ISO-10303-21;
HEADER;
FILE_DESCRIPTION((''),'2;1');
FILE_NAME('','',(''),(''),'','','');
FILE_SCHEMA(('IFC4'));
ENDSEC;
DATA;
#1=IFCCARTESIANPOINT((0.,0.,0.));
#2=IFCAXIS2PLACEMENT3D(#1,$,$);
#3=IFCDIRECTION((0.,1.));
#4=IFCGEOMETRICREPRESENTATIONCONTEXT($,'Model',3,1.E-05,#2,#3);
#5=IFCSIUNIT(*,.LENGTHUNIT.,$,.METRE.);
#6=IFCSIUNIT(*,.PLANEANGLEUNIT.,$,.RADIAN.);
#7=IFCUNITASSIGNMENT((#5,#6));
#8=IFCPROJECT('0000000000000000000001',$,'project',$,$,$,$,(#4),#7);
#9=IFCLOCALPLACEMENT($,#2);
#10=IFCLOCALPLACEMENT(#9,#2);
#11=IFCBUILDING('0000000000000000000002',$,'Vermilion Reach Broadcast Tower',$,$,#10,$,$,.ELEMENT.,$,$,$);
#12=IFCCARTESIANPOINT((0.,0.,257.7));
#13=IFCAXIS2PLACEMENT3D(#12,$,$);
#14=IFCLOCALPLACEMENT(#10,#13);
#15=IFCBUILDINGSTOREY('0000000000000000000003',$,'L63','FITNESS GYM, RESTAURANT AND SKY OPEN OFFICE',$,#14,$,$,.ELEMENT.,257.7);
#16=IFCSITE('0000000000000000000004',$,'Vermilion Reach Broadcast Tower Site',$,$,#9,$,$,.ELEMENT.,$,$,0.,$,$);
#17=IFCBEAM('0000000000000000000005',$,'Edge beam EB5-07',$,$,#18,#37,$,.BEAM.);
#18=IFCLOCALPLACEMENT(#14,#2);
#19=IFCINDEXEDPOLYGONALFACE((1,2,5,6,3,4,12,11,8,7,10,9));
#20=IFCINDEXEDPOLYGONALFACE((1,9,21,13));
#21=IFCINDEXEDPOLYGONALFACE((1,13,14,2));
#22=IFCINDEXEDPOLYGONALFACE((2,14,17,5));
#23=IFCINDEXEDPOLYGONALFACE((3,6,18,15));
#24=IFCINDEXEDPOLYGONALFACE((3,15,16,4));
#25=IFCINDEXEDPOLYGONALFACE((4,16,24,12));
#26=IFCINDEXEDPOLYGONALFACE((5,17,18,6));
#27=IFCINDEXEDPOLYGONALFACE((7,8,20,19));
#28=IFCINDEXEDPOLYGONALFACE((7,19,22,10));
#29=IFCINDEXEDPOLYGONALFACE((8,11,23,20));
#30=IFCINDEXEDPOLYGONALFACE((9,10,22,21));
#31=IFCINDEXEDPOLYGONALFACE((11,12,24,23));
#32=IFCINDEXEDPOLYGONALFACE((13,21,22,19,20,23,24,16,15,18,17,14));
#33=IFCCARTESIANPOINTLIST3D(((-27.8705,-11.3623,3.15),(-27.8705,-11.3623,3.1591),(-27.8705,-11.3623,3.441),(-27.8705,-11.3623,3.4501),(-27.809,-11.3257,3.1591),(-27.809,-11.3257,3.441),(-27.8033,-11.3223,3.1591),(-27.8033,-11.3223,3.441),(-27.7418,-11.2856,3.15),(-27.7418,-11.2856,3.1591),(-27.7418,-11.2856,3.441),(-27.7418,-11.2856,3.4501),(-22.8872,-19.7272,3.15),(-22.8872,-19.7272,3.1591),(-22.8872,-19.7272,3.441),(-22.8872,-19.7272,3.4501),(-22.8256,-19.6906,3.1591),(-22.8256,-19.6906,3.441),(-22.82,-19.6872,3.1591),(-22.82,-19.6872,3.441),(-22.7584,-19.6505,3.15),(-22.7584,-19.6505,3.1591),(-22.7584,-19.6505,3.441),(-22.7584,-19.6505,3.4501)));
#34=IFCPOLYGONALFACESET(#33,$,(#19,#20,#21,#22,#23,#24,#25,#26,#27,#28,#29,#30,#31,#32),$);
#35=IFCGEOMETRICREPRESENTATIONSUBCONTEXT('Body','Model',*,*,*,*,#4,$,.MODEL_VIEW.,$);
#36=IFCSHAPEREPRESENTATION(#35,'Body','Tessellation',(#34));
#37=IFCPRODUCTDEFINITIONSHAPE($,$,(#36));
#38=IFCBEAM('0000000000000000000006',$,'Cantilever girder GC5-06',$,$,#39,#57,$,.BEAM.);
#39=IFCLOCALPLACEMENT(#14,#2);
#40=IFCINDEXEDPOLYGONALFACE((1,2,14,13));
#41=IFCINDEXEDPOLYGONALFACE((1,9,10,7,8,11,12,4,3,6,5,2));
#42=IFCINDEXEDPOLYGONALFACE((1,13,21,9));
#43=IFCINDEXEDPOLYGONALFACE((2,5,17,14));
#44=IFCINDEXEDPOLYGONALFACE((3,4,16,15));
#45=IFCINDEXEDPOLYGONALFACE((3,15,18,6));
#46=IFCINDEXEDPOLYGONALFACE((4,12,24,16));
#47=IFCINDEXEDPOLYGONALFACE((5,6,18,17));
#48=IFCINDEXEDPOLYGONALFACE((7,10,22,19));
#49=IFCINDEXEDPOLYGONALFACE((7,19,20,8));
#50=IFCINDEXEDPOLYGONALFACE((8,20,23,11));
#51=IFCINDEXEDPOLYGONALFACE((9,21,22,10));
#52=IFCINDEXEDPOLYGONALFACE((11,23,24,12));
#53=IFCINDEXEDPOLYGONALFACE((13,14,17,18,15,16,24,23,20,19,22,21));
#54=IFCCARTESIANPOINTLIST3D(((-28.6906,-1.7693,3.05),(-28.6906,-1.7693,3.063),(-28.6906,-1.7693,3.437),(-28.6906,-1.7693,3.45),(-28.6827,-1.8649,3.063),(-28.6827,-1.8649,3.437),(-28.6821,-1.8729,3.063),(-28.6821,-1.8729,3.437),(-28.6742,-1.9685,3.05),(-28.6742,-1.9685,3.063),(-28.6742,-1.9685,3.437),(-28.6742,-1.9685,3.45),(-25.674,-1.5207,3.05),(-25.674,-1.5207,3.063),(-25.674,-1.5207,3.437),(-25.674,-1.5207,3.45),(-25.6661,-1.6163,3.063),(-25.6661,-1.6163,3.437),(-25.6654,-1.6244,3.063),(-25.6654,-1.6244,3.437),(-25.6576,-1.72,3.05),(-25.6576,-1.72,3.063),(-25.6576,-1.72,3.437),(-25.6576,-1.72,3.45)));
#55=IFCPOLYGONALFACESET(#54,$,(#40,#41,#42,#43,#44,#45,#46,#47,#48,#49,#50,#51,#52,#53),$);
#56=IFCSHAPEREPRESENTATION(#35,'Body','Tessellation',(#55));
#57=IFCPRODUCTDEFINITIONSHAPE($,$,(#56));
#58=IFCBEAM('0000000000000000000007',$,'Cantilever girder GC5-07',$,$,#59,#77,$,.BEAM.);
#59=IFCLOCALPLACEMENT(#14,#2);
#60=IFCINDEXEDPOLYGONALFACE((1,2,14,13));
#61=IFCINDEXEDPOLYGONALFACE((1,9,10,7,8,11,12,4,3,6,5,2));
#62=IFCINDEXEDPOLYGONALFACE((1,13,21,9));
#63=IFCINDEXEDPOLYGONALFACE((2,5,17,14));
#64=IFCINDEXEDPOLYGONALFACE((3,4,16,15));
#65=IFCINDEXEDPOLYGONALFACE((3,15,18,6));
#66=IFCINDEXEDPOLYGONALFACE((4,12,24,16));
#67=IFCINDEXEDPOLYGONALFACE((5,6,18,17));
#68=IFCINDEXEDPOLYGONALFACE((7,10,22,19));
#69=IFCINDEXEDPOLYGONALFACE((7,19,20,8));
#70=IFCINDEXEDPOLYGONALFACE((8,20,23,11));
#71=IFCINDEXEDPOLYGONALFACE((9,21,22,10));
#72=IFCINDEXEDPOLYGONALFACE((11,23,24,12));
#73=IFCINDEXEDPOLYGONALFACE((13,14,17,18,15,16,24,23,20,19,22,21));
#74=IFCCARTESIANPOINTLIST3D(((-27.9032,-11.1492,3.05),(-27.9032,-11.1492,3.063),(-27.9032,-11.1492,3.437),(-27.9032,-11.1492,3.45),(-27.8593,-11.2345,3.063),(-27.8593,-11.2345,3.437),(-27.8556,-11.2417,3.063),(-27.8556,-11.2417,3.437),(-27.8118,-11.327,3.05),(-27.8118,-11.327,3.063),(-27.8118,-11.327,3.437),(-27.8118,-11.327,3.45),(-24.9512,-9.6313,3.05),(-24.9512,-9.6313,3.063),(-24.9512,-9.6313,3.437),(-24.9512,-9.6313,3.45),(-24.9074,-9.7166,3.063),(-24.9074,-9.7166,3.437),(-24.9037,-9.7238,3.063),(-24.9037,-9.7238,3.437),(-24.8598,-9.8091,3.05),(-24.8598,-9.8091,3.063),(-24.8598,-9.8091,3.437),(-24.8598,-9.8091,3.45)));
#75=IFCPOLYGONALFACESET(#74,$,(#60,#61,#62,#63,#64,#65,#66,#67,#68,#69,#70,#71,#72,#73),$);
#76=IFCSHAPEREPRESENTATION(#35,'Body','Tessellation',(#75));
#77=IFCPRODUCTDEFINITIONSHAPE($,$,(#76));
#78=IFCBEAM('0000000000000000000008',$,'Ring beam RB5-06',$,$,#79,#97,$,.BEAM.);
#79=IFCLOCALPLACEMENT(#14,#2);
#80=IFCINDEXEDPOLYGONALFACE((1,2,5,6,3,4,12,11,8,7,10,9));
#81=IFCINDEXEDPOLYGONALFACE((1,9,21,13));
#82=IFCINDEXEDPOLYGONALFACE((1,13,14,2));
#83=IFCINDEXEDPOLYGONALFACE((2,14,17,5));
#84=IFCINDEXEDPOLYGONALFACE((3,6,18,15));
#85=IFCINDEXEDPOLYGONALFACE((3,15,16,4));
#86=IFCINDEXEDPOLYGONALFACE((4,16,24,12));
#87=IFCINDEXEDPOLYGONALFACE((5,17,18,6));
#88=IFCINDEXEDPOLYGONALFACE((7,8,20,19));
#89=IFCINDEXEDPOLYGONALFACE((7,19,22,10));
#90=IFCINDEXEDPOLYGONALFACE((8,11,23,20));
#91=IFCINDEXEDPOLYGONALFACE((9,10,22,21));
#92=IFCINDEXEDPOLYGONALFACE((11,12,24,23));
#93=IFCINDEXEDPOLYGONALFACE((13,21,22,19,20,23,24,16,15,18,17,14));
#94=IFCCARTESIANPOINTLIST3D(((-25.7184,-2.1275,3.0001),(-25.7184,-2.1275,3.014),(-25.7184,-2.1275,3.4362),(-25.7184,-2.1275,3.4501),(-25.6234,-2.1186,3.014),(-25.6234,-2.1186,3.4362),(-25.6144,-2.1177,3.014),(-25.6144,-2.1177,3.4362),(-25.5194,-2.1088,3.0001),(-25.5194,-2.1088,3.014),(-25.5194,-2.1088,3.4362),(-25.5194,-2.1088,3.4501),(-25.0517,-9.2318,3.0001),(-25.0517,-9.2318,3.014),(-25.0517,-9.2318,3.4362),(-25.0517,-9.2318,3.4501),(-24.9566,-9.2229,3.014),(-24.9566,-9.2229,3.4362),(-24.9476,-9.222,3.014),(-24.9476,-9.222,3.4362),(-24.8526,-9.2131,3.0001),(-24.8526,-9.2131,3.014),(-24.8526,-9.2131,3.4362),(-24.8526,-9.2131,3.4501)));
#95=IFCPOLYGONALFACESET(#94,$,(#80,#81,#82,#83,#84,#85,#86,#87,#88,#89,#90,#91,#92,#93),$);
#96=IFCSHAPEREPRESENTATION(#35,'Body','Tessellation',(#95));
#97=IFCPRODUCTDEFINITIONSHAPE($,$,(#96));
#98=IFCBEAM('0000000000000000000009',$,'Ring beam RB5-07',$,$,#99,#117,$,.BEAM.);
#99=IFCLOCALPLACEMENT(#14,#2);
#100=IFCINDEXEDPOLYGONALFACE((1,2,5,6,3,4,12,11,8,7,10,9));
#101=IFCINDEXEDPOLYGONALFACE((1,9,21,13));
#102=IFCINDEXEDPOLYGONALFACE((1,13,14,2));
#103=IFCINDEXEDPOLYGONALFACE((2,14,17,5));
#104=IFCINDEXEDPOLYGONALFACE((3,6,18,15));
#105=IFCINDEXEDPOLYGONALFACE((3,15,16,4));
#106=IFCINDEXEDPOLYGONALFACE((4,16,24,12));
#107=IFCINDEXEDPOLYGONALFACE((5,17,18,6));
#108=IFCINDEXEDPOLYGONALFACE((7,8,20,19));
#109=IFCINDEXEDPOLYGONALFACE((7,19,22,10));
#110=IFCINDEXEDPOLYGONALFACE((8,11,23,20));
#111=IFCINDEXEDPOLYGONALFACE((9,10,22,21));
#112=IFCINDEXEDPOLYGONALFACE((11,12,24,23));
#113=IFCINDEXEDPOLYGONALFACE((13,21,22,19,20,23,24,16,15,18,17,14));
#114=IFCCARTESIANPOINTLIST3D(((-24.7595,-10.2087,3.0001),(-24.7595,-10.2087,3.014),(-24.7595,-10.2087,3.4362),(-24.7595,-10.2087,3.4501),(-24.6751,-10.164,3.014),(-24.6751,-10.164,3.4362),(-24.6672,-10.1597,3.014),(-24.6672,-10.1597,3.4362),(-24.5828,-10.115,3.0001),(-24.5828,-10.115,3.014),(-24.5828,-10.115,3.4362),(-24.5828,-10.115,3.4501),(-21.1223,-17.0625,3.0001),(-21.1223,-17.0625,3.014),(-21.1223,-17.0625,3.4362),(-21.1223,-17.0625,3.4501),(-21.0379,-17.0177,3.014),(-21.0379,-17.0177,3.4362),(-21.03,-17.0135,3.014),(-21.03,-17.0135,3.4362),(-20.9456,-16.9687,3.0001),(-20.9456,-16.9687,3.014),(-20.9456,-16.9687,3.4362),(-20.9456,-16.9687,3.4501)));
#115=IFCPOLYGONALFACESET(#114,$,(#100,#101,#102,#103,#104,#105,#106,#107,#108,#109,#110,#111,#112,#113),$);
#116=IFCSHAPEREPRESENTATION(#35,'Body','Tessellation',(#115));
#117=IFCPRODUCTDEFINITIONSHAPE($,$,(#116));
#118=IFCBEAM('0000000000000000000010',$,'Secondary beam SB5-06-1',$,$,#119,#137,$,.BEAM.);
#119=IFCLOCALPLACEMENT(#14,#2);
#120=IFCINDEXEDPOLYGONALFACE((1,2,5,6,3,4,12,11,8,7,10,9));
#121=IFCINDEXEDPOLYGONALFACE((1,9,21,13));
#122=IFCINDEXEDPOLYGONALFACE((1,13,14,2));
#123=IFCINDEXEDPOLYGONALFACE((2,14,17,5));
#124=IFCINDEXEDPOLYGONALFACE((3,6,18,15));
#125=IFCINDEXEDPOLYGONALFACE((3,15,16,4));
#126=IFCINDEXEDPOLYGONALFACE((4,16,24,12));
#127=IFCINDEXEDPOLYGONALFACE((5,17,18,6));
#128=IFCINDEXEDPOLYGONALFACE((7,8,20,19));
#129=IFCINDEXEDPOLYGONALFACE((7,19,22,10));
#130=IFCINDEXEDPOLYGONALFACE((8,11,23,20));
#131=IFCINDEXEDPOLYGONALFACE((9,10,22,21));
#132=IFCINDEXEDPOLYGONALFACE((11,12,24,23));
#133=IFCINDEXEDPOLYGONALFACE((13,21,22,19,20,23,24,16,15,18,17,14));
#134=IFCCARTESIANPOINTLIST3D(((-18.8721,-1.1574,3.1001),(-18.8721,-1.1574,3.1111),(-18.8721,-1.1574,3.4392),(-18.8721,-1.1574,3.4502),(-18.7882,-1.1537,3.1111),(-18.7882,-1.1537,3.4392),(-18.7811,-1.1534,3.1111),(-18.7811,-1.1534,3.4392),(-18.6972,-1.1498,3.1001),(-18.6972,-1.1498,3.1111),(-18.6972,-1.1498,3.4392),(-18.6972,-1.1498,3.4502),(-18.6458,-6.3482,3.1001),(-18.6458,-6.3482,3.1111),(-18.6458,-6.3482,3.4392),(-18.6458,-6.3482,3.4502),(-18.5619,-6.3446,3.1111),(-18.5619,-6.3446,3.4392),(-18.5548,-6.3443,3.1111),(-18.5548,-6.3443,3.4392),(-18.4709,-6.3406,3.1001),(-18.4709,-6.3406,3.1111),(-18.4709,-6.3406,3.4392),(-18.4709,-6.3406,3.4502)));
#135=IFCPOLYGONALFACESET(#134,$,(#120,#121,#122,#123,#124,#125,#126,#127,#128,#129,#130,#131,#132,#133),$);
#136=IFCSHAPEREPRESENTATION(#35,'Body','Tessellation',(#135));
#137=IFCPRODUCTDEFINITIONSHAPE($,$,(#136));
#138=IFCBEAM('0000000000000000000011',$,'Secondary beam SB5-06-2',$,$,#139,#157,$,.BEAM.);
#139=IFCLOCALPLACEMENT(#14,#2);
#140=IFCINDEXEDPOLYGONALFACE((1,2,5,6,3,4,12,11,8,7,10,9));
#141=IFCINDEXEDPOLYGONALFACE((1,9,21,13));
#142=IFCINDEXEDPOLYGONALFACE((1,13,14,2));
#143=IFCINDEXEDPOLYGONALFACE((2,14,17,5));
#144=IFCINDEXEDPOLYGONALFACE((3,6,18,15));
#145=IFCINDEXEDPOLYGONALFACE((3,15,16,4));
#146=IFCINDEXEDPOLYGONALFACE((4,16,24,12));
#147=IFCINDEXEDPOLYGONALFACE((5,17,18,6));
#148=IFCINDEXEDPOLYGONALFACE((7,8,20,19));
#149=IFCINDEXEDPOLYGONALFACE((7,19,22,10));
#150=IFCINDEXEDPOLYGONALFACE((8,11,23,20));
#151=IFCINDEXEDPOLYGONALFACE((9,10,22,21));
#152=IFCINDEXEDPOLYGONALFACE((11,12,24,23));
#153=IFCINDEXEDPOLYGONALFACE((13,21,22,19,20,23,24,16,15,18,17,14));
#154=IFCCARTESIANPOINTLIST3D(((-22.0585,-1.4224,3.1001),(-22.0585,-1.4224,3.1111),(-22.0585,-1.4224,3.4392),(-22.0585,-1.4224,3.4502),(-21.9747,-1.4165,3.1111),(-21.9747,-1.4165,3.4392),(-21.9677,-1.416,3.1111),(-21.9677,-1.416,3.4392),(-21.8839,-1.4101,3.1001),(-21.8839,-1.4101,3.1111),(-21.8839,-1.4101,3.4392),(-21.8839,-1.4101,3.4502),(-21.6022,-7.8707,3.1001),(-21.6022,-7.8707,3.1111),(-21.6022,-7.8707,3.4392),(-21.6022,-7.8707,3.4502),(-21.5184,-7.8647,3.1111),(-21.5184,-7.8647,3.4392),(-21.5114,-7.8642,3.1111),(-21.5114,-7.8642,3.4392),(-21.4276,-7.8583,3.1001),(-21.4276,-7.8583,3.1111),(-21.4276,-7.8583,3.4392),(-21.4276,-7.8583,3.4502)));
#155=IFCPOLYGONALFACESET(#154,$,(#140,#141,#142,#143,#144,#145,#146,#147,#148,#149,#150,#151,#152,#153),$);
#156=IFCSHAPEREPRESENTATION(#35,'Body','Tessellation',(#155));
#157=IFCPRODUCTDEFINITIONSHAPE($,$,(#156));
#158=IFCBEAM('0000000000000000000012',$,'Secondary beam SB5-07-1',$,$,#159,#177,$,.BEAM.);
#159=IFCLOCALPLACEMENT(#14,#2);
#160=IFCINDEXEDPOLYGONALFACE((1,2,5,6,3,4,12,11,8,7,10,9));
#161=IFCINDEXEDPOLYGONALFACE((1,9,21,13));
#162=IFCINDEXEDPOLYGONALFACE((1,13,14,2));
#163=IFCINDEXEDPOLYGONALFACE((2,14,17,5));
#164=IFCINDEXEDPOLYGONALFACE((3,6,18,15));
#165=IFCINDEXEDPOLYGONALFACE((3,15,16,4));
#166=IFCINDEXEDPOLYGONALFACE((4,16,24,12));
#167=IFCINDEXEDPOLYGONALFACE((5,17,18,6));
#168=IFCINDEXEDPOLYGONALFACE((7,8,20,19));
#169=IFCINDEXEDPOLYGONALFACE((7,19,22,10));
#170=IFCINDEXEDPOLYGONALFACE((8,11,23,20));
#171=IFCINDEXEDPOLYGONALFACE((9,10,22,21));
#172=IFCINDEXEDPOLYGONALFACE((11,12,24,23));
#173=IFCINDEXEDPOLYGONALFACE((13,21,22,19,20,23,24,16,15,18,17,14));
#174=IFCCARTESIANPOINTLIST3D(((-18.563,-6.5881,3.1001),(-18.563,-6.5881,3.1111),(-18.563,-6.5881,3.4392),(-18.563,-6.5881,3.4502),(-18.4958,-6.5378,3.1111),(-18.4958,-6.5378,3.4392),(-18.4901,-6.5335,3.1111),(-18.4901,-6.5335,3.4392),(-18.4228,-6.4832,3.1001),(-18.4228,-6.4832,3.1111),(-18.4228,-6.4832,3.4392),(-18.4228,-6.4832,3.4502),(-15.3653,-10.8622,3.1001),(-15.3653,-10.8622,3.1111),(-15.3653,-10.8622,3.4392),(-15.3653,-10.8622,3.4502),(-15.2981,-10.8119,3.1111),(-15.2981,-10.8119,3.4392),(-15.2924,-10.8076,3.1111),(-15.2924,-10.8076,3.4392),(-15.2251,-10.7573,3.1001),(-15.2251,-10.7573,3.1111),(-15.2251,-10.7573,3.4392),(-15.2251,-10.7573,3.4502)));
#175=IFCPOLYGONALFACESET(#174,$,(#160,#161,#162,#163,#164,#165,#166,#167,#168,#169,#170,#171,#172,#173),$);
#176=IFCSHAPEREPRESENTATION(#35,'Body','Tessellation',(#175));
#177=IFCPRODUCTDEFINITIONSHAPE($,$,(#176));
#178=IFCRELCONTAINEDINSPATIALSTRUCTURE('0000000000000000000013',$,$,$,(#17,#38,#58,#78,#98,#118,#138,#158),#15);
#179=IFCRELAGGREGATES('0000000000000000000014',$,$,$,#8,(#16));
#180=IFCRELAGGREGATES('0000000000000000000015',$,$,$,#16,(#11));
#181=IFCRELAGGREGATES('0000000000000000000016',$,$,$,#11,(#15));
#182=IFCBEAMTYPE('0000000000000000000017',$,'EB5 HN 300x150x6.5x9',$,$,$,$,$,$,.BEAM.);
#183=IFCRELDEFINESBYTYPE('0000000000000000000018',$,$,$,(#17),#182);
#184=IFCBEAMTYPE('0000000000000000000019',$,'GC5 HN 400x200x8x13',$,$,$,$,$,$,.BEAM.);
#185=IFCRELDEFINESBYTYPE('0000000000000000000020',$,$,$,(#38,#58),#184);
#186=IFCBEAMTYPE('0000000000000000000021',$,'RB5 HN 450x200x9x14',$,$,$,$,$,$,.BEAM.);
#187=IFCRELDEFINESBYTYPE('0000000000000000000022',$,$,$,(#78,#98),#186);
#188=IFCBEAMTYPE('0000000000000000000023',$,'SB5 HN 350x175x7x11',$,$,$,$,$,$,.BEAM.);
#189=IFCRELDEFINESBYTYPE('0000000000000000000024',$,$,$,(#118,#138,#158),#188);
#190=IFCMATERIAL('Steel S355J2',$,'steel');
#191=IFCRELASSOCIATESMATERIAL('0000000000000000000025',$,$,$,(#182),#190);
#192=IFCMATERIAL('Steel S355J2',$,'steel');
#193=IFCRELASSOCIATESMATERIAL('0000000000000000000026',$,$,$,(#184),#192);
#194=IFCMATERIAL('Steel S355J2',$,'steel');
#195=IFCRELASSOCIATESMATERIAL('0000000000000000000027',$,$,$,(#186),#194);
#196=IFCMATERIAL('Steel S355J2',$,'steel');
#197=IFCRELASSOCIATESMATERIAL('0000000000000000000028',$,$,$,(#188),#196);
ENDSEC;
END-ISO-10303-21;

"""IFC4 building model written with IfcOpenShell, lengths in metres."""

from ifc_helpers import new_model, si_unit, direction, frame, origin, origin_2d, place, context, subcontext, project, spatial, i_section, extrude, material, material_profile, profile_set, type_object, element, save


model = new_model("IFC4")

# Units and contexts
model_context = context("Model", 3, precision=1e-05, world=origin(), true_north=direction((0.0, 1.0)))
body_context = subcontext(model_context, "Body", "Model", "MODEL_VIEW")
ifc_project = project(units=[si_unit("LENGTHUNIT", "METRE"), si_unit("PLANEANGLEUNIT", "RADIAN")], contexts=[model_context])

# Site, building, storey
site_placement = place(None, origin())
site = spatial("IfcSite", under=ifc_project, at=site_placement, Name="Vermilion Reach Broadcast Tower Site", CompositionType="ELEMENT", RefElevation=0.0)
building_placement = place(site_placement, origin())
building = spatial("IfcBuilding", under=site, at=building_placement, Name="Vermilion Reach Broadcast Tower", CompositionType="ELEMENT")
storey_placement = place(building_placement, frame((0.0, 0.0, 257.7)))
storey = spatial("IfcBuildingStorey", under=building, at=storey_placement, Name="L63", Description="FITNESS GYM, RESTAURANT AND SKY OPEN OFFICE", CompositionType="ELEMENT", Elevation=257.7)

# Beams
ifc_material_1 = material(Name="Steel S355J2", Category="steel")
ifc_material_profile_1 = material_profile(ifc_material_1, i_section(OverallWidth=0.1499, OverallDepth=0.3, WebThickness=0.0066, FlangeThickness=0.009, at=origin_2d()), Name="S355J2 HN 300x150x6.5x9")
ifc_profile_set_1 = profile_set([ifc_material_profile_1], Name="Steel S355J2")
beam_type_1 = type_object("IfcBeamType", Name="EB5 HN 300x150x6.5x9", PredefinedType="BEAM", material=ifc_profile_set_1)
beam_1_placement = place(storey_placement, frame((-27.8062, -11.324, 3.3), z_axis=(0.511805, -0.859102, 0.0), x_axis=(0.859102, 0.511805, 0.0)))
element("IfcBeam", 1, at=beam_1_placement, inside=storey, type_object=beam_type_1, Name="Edge beam EB5-07", PredefinedType="BEAM", context=body_context, shape_type="SweptSolid", body=[
    extrude(i_section(OverallWidth=0.1499, OverallDepth=0.3, WebThickness=0.0066, FlangeThickness=0.009, at=origin_2d()), origin(), (0.0, 0.0, 1.0), 9.7368),
])
ifc_material_2 = material(Name="Steel S355J2", Category="steel")
ifc_material_profile_2 = material_profile(ifc_material_2, i_section(OverallWidth=0.2, OverallDepth=0.3999, WebThickness=0.0081, FlangeThickness=0.0129, at=origin_2d()), Name="S355J2 HN 400x200x8x13")
ifc_profile_set_2 = profile_set([ifc_material_profile_2], Name="Steel S355J2")
beam_type_2 = type_object("IfcBeamType", Name="GC5 HN 400x200x8x13", PredefinedType="BEAM", material=ifc_profile_set_2)
beam_2_placement = place(storey_placement, frame((-25.6658, -1.6204, 3.25), z_axis=(-0.996623, -0.082111, 0.0), x_axis=(0.082111, -0.996623, 0.0)))
element("IfcBeam", 2, at=beam_2_placement, inside=storey, type_object=beam_type_2, Name="Cantilever girder GC5-06", PredefinedType="BEAM", context=body_context, shape_type="SweptSolid", body=[
    extrude(i_section(OverallWidth=0.2, OverallDepth=0.3999, WebThickness=0.0081, FlangeThickness=0.0129, at=origin_2d()), origin(), (0.0, 0.0, 1.0), 3.0269),
])
beam_3_placement = place(storey_placement, frame((-24.9055, -9.7202, 3.25), z_axis=(-0.889325, -0.457277, 0.0), x_axis=(0.457277, -0.889325, 0.0)))
element("IfcBeam", 3, at=beam_3_placement, inside=storey, type_object=beam_type_2, Name="Cantilever girder GC5-07", PredefinedType="BEAM", context=body_context, shape_type="SweptSolid", body=[
    extrude(i_section(OverallWidth=0.2, OverallDepth=0.3999, WebThickness=0.0081, FlangeThickness=0.0129, at=origin_2d()), origin(), (0.0, 0.0, 1.0), 3.3193),
])
ifc_material_3 = material(Name="Steel S355J2", Category="steel")
ifc_material_profile_3 = material_profile(ifc_material_3, i_section(OverallWidth=0.2, OverallDepth=0.45, WebThickness=0.009, FlangeThickness=0.0139, at=origin_2d()), Name="S355J2 HN 450x200x9x14")
ifc_profile_set_3 = profile_set([ifc_material_profile_3], Name="Steel S355J2")
beam_type_3 = type_object("IfcBeamType", Name="RB5 HN 450x200x9x14", PredefinedType="BEAM", material=ifc_profile_set_3)
beam_4_placement = place(storey_placement, frame((-25.6189, -2.1182, 3.2251), z_axis=(0.093441, -0.995625, 0.0), x_axis=(0.995625, 0.093441, 0.0)))
element("IfcBeam", 4, at=beam_4_placement, inside=storey, type_object=beam_type_3, Name="Ring beam RB5-06", PredefinedType="BEAM", context=body_context, shape_type="SweptSolid", body=[
    extrude(i_section(OverallWidth=0.2, OverallDepth=0.45, WebThickness=0.009, FlangeThickness=0.0139, at=origin_2d()), origin(), (0.0, 0.0, 1.0), 7.1355),
])
beam_5_placement = place(storey_placement, frame((-24.6711, -10.1619, 3.2251), z_axis=(0.468768, -0.883321, 0.0), x_axis=(0.883321, 0.468768, 0.0)))
element("IfcBeam", 5, at=beam_5_placement, inside=storey, type_object=beam_type_3, Name="Ring beam RB5-07", PredefinedType="BEAM", context=body_context, shape_type="SweptSolid", body=[
    extrude(i_section(OverallWidth=0.2, OverallDepth=0.45, WebThickness=0.009, FlangeThickness=0.0139, at=origin_2d()), origin(), (0.0, 0.0, 1.0), 7.759),
])
ifc_material_4 = material(Name="Steel S355J2", Category="steel")
ifc_material_profile_4 = material_profile(ifc_material_4, i_section(OverallWidth=0.175, OverallDepth=0.3501, WebThickness=0.0071, FlangeThickness=0.011, at=origin_2d()), Name="S355J2 HN 350x175x7x11")
ifc_profile_set_4 = profile_set([ifc_material_profile_4], Name="Steel S355J2")
beam_type_4 = type_object("IfcBeamType", Name="SB5 HN 350x175x7x11", PredefinedType="BEAM", material=ifc_profile_set_4)
beam_6_placement = place(storey_placement, frame((-18.7847, -1.1536, 3.2751), z_axis=(0.043558, -0.999051, 0.0), x_axis=(0.999051, 0.043558, 0.0)))
element("IfcBeam", 6, at=beam_6_placement, inside=storey, type_object=beam_type_4, Name="Secondary beam SB5-06-1", PredefinedType="BEAM", context=body_context, shape_type="SweptSolid", body=[
    extrude(i_section(OverallWidth=0.175, OverallDepth=0.3501, WebThickness=0.0071, FlangeThickness=0.011, at=origin_2d()), origin(), (0.0, 0.0, 1.0), 5.1958),
])
beam_7_placement = place(storey_placement, frame((-21.9712, -1.4163, 3.2751), z_axis=(0.070587, -0.997506, 0.0), x_axis=(0.997506, 0.070587, 0.0)))
element("IfcBeam", 7, at=beam_7_placement, inside=storey, type_object=beam_type_4, Name="Secondary beam SB5-06-2", PredefinedType="BEAM", context=body_context, shape_type="SweptSolid", body=[
    extrude(i_section(OverallWidth=0.175, OverallDepth=0.3501, WebThickness=0.0071, FlangeThickness=0.011, at=origin_2d()), origin(), (0.0, 0.0, 1.0), 6.4644),
])
beam_8_placement = place(storey_placement, frame((-18.4929, -6.5356, 3.2751), z_axis=(0.599056, -0.800707, 0.0), x_axis=(0.800707, 0.599056, 0.0)))
element("IfcBeam", 8, at=beam_8_placement, inside=storey, type_object=beam_type_4, Name="Secondary beam SB5-07-1", PredefinedType="BEAM", context=body_context, shape_type="SweptSolid", body=[
    extrude(i_section(OverallWidth=0.175, OverallDepth=0.3501, WebThickness=0.0071, FlangeThickness=0.011, at=origin_2d()), origin(), (0.0, 0.0, 1.0), 5.3379),
])

save(model, "model.ifc")
